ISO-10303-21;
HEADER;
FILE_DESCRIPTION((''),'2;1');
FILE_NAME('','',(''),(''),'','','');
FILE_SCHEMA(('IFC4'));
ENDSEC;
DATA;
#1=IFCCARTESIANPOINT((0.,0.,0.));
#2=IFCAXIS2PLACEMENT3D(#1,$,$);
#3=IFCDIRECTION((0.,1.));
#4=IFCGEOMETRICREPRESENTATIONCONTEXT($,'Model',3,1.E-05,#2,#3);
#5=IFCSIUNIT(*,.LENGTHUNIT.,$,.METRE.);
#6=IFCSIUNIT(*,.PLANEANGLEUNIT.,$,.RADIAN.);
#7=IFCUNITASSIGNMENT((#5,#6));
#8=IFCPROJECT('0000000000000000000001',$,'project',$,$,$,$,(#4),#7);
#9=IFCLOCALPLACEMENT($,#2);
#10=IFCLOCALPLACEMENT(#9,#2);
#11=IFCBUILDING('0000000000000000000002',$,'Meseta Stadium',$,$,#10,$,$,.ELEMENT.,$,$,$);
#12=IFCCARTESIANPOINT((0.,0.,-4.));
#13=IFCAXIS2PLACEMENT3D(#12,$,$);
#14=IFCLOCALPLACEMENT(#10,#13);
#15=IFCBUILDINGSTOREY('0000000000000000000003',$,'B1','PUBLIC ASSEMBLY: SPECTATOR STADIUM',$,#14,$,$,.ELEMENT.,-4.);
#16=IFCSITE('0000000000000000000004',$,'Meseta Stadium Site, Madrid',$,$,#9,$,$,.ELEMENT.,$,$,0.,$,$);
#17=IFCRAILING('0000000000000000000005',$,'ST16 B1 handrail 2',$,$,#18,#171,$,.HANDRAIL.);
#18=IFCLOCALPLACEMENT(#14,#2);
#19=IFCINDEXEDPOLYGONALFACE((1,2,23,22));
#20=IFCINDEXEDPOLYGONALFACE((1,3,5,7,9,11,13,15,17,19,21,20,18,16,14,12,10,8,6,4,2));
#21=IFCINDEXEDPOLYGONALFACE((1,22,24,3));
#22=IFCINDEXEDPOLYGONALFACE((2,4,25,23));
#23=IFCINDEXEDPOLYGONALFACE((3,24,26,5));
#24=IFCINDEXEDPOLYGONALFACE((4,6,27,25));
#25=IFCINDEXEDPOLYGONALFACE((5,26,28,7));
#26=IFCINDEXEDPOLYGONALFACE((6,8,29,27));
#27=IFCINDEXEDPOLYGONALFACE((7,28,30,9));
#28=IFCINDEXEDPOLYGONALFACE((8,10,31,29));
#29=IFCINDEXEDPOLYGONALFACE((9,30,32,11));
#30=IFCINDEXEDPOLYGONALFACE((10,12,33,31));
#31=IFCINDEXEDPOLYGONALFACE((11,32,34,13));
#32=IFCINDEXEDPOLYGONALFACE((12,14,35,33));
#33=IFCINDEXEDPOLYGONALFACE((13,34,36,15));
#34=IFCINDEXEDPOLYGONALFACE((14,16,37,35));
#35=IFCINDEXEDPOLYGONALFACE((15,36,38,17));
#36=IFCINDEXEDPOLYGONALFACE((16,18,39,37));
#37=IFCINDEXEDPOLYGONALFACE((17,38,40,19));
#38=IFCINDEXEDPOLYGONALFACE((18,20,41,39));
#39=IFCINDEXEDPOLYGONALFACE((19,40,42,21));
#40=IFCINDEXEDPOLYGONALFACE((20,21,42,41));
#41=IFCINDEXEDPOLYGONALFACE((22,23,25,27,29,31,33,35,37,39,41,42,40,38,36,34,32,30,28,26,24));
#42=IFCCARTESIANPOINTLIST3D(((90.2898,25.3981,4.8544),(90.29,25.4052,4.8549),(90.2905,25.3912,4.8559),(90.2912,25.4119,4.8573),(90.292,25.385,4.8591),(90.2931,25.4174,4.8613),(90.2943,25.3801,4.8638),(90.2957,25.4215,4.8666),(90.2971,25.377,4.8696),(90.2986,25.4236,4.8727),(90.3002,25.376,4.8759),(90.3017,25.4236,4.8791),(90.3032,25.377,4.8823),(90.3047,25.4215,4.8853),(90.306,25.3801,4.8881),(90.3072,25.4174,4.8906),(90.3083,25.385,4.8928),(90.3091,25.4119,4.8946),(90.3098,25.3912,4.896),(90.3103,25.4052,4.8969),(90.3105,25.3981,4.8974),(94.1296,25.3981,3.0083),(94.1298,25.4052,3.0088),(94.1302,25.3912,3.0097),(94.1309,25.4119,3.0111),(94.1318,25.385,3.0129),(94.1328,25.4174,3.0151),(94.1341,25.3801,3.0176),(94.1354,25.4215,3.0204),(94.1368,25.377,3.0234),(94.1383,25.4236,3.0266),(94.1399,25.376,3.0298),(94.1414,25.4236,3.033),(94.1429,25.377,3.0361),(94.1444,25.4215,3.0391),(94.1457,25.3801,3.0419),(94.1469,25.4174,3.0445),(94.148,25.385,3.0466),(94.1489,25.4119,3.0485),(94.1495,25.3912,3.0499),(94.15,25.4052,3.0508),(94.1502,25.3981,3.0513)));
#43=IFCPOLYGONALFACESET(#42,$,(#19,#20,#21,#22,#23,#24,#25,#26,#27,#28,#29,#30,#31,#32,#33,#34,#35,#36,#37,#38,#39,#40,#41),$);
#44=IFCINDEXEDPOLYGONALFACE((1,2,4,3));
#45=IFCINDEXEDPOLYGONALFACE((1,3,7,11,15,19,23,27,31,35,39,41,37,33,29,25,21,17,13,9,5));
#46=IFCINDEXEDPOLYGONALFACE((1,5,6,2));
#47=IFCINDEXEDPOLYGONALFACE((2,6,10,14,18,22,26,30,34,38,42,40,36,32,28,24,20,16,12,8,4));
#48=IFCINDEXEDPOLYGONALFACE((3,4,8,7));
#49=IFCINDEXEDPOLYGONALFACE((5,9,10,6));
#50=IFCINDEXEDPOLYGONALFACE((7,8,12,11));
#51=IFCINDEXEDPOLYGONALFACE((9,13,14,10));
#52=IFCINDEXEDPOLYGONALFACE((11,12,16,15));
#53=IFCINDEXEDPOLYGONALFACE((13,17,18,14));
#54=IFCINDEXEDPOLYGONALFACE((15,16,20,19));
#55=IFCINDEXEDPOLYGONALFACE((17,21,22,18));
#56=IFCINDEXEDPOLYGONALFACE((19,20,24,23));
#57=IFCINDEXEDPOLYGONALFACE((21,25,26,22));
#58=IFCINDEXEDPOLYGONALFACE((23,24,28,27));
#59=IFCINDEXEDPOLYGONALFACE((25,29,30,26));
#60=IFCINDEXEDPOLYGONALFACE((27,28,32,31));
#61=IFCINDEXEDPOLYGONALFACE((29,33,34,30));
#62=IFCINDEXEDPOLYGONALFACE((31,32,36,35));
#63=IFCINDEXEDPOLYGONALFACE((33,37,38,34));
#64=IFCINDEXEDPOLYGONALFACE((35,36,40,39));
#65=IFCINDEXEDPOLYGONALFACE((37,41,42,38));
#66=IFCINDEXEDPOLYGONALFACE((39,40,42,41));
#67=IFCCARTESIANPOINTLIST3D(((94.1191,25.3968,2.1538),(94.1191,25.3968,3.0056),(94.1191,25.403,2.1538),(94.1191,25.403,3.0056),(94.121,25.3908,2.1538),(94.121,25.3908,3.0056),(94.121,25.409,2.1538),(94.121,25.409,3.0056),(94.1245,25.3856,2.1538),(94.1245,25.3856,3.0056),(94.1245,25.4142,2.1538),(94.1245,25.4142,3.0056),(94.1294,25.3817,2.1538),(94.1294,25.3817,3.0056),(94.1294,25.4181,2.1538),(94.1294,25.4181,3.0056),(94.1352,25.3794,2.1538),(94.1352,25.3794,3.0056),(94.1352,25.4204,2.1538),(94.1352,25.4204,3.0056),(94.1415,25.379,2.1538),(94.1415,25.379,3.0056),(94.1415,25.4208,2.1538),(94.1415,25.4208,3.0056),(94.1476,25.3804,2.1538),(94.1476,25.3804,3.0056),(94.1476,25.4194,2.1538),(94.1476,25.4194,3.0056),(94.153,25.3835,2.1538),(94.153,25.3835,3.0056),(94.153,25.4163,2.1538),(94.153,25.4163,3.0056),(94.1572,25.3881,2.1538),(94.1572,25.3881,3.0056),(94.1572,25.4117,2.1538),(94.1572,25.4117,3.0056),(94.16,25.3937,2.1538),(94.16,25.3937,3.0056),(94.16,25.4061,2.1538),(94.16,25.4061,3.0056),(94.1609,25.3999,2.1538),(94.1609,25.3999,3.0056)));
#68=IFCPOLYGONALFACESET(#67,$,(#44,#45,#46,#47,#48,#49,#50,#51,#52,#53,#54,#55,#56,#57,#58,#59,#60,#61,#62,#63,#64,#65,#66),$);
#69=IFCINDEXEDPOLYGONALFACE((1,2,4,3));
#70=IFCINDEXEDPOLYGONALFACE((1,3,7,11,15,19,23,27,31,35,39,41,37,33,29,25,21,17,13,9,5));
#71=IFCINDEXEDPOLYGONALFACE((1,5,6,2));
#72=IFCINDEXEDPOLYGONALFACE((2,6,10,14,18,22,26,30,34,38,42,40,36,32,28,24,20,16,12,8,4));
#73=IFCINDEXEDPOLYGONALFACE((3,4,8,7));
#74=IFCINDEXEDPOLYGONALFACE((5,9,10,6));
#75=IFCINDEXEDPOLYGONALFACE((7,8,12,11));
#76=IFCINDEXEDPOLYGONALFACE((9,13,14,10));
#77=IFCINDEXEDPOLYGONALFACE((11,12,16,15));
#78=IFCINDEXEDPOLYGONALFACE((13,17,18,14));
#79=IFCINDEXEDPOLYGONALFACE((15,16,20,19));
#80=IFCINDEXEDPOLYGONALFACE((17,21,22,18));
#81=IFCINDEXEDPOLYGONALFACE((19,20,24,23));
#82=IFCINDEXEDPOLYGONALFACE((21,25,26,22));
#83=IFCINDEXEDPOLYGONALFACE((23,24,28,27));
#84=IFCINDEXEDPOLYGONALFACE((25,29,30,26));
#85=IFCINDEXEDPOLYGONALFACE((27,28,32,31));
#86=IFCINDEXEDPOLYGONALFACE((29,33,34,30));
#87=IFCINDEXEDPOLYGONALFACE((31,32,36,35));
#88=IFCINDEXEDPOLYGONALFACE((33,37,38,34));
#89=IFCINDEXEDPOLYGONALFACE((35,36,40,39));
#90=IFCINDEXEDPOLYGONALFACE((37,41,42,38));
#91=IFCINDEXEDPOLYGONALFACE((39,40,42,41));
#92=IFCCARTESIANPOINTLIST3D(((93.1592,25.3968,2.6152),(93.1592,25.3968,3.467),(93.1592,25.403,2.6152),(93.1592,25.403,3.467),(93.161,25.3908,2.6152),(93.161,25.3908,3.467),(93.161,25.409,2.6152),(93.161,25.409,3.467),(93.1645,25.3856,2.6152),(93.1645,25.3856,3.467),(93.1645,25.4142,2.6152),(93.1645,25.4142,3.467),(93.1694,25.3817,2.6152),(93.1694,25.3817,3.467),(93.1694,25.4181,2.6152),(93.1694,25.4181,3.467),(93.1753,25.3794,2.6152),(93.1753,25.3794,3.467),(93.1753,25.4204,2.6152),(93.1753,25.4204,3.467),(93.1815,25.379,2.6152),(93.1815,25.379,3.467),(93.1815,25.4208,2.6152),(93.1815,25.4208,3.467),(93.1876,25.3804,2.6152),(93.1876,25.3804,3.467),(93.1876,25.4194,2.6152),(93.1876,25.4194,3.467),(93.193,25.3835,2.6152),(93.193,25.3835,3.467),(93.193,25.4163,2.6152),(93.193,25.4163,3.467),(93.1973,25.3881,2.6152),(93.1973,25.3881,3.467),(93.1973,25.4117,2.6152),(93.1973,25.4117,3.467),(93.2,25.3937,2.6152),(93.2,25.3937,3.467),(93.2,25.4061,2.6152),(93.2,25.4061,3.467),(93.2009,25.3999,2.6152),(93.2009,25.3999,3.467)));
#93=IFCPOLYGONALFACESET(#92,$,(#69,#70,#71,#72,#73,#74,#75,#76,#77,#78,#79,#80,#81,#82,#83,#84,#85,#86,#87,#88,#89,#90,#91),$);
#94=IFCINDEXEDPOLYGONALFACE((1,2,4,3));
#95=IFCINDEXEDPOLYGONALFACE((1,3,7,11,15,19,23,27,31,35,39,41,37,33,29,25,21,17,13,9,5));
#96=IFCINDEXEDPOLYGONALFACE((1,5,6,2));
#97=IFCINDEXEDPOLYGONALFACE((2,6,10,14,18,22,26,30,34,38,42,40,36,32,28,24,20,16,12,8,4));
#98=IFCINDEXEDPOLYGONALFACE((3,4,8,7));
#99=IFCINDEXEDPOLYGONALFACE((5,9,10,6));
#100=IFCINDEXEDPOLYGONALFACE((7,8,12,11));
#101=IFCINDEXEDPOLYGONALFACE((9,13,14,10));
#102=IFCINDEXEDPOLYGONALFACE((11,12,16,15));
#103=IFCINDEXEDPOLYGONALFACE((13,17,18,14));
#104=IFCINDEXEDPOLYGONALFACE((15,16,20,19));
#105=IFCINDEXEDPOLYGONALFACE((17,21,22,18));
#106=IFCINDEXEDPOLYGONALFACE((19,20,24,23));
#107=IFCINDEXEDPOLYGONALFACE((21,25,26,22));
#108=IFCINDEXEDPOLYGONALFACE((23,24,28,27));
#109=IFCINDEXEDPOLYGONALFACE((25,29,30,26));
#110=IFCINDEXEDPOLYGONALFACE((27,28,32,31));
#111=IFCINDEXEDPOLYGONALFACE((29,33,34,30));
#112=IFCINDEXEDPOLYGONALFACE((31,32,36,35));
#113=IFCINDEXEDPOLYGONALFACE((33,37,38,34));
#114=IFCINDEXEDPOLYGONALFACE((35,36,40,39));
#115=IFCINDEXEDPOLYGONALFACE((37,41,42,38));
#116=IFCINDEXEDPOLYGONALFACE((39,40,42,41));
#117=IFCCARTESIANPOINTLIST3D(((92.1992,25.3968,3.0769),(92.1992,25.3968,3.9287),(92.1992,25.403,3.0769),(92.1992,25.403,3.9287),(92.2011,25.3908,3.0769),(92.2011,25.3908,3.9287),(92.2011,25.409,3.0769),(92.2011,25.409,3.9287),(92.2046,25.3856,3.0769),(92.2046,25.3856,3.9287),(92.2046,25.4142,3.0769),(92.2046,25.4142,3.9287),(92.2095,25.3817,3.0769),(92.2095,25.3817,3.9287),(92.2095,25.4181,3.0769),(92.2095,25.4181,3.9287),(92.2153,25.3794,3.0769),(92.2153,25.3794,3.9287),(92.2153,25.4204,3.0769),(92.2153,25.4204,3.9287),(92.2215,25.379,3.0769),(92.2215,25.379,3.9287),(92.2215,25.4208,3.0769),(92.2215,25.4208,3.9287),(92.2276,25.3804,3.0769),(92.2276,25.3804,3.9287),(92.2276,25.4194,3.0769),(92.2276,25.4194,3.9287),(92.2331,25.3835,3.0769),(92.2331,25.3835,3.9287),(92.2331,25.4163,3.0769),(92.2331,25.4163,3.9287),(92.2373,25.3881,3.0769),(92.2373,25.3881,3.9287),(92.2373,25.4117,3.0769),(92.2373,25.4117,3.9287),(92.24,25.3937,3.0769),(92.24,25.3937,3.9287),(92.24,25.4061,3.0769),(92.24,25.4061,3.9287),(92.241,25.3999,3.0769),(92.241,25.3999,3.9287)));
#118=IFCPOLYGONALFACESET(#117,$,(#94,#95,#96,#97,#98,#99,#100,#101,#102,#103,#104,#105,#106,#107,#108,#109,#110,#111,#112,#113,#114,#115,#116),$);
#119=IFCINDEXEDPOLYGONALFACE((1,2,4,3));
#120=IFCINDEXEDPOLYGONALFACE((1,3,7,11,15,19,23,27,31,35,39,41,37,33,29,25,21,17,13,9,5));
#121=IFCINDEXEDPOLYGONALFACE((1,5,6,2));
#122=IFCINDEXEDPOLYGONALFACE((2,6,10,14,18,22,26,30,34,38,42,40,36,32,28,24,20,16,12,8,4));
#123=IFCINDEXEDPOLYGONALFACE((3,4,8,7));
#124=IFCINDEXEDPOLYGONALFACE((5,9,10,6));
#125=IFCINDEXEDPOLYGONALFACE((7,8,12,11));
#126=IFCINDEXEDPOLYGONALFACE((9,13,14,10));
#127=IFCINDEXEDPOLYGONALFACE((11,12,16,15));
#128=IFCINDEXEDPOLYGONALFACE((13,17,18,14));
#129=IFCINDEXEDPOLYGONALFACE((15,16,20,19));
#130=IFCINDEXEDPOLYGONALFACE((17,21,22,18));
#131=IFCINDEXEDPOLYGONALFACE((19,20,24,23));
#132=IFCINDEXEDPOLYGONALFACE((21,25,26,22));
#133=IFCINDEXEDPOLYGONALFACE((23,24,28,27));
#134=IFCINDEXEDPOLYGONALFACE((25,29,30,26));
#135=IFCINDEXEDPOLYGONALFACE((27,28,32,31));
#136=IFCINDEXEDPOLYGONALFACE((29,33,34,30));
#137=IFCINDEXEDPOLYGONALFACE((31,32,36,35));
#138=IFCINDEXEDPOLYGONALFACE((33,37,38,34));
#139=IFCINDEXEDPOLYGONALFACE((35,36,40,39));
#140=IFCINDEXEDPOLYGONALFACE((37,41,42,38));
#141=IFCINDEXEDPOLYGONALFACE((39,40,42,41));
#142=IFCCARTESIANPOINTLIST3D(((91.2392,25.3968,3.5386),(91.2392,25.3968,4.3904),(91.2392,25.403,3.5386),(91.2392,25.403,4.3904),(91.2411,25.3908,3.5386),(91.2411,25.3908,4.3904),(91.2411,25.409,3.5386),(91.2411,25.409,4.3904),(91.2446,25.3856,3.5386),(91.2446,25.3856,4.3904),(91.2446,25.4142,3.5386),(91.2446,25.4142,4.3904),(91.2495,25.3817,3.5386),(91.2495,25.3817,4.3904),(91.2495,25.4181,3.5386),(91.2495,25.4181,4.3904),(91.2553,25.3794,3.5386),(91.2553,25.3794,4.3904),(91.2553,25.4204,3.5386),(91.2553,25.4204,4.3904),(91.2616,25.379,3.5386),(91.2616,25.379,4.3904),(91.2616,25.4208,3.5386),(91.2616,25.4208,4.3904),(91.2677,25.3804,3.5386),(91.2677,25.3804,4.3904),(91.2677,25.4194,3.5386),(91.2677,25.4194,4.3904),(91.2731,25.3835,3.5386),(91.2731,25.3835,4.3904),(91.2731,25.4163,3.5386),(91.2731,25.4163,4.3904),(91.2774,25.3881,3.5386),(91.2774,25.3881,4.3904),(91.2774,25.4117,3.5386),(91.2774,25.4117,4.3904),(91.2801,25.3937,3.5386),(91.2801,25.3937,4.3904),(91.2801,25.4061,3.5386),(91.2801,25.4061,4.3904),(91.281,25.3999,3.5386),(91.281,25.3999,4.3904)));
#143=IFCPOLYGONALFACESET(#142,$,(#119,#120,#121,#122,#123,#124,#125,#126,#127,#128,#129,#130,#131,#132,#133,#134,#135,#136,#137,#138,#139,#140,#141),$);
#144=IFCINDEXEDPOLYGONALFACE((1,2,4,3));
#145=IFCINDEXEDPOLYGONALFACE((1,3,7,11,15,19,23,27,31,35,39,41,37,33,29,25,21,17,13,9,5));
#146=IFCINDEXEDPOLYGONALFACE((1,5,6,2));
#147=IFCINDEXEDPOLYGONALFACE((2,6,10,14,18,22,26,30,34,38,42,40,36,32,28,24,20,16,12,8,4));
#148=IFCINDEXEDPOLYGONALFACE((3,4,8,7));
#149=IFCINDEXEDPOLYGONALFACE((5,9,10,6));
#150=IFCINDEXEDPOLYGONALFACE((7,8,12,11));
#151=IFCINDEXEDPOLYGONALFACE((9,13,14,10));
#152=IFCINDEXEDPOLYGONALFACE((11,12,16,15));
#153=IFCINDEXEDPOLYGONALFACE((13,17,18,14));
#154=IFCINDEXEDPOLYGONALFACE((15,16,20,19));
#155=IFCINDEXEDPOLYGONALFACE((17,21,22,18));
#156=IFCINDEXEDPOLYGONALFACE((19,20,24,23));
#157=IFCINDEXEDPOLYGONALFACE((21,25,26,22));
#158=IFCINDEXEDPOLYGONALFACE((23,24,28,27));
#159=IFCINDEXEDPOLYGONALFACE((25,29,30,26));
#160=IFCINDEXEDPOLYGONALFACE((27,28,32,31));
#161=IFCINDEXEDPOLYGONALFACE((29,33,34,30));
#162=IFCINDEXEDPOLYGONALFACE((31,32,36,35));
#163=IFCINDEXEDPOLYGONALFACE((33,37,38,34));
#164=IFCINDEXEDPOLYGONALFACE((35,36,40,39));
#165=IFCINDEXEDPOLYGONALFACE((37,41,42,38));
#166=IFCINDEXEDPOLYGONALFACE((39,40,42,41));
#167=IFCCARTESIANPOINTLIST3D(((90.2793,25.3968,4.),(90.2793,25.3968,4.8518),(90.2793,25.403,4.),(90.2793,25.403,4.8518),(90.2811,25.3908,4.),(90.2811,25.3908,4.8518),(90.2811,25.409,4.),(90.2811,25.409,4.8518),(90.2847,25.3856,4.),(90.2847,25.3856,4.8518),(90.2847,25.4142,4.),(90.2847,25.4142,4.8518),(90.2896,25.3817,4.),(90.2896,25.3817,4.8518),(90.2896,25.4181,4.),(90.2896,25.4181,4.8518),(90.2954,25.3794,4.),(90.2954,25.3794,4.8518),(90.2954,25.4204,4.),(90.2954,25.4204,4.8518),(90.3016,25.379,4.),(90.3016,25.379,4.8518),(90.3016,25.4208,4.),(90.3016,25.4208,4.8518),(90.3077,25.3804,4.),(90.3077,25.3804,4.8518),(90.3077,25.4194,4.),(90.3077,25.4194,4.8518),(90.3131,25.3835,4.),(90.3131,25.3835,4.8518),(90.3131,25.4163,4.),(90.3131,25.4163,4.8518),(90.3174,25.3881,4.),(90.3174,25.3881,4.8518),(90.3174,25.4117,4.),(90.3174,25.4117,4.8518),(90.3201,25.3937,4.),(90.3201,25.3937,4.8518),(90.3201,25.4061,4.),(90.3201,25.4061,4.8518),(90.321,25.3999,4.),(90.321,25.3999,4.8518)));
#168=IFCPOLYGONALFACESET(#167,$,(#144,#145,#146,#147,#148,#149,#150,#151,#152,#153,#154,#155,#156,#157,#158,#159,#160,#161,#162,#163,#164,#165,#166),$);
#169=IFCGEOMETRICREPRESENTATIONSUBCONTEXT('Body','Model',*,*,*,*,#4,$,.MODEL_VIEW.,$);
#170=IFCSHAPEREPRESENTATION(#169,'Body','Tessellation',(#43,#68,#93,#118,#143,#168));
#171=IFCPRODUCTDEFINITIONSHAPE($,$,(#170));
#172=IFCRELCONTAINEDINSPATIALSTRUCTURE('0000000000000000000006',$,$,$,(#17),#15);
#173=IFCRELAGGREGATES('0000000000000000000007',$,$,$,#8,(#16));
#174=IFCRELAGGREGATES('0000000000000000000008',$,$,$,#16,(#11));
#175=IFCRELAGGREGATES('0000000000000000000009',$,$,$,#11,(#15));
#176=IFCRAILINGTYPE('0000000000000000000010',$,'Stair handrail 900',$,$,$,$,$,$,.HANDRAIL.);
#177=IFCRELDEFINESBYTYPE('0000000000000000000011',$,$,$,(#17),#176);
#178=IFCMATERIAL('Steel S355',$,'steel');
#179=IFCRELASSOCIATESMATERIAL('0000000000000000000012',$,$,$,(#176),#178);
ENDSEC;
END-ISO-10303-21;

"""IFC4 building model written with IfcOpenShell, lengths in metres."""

from ifc_helpers import new_model, si_unit, direction, frame, origin, origin_2d, place, context, subcontext, project, spatial, circle, extrude, material, type_object, element, save


model = new_model("IFC4")

# Units and contexts
model_context = context("Model", 3, precision=1e-05, world=origin(), true_north=direction((0.0, 1.0)))
body_context = subcontext(model_context, "Body", "Model", "MODEL_VIEW")
ifc_project = project(units=[si_unit("LENGTHUNIT", "METRE"), si_unit("PLANEANGLEUNIT", "RADIAN")], contexts=[model_context])

# Site, building, storey
site_placement = place(None, origin())
site = spatial("IfcSite", under=ifc_project, at=site_placement, Name="Meseta Stadium Site, Madrid", CompositionType="ELEMENT", RefElevation=0.0)
building_placement = place(site_placement, origin())
building = spatial("IfcBuilding", under=site, at=building_placement, Name="Meseta Stadium", CompositionType="ELEMENT")
storey_placement = place(building_placement, frame((0.0, 0.0, -4.0)))
storey = spatial("IfcBuildingStorey", under=building, at=storey_placement, Name="B1", Description="PUBLIC ASSEMBLY: SPECTATOR STADIUM", CompositionType="ELEMENT", Elevation=-4.0)

# Railing
ifc_material_1 = material(Name="Steel S355", Category="steel")
railing_type_1 = type_object("IfcRailingType", Name="Stair handrail 900", PredefinedType="HANDRAIL", material=ifc_material_1)
railing_1_placement = place(storey_placement, frame((94.1399, 25.3999, 2.1538)))
element("IfcRailing", 1, at=railing_1_placement, inside=storey, type_object=railing_type_1, Name="ST16 B1 handrail 2", PredefinedType="HANDRAIL", context=body_context, shape_type="SweptSolid", body=[
    extrude(circle(Radius=0.0239, at=origin_2d()), frame((0.0, 0.0, 0.876), z_axis=(-0.901242, 0.0, 0.433316), x_axis=(0.0, -1.0, 0.0)), (0.0, 0.0, 1.0), 4.2605),
    extrude(circle(Radius=0.021, at=origin_2d()), origin(), (0.0, 0.0, 1.0), 0.8518),
    extrude(circle(Radius=0.021, at=origin_2d()), frame((-0.96, 0.0, 0.4614)), (0.0, 0.0, 1.0), 0.8518),
    extrude(circle(Radius=0.021, at=origin_2d()), frame((-1.9199, 0.0, 0.9231)), (0.0, 0.0, 1.0), 0.8518),
    extrude(circle(Radius=0.021, at=origin_2d()), frame((-2.8799, 0.0, 1.3848)), (0.0, 0.0, 1.0), 0.8518),
    extrude(circle(Radius=0.021, at=origin_2d()), frame((-3.8398, 0.0, 1.8462)), (0.0, 0.0, 1.0), 0.8518),
])

save(model, "model.ifc")
